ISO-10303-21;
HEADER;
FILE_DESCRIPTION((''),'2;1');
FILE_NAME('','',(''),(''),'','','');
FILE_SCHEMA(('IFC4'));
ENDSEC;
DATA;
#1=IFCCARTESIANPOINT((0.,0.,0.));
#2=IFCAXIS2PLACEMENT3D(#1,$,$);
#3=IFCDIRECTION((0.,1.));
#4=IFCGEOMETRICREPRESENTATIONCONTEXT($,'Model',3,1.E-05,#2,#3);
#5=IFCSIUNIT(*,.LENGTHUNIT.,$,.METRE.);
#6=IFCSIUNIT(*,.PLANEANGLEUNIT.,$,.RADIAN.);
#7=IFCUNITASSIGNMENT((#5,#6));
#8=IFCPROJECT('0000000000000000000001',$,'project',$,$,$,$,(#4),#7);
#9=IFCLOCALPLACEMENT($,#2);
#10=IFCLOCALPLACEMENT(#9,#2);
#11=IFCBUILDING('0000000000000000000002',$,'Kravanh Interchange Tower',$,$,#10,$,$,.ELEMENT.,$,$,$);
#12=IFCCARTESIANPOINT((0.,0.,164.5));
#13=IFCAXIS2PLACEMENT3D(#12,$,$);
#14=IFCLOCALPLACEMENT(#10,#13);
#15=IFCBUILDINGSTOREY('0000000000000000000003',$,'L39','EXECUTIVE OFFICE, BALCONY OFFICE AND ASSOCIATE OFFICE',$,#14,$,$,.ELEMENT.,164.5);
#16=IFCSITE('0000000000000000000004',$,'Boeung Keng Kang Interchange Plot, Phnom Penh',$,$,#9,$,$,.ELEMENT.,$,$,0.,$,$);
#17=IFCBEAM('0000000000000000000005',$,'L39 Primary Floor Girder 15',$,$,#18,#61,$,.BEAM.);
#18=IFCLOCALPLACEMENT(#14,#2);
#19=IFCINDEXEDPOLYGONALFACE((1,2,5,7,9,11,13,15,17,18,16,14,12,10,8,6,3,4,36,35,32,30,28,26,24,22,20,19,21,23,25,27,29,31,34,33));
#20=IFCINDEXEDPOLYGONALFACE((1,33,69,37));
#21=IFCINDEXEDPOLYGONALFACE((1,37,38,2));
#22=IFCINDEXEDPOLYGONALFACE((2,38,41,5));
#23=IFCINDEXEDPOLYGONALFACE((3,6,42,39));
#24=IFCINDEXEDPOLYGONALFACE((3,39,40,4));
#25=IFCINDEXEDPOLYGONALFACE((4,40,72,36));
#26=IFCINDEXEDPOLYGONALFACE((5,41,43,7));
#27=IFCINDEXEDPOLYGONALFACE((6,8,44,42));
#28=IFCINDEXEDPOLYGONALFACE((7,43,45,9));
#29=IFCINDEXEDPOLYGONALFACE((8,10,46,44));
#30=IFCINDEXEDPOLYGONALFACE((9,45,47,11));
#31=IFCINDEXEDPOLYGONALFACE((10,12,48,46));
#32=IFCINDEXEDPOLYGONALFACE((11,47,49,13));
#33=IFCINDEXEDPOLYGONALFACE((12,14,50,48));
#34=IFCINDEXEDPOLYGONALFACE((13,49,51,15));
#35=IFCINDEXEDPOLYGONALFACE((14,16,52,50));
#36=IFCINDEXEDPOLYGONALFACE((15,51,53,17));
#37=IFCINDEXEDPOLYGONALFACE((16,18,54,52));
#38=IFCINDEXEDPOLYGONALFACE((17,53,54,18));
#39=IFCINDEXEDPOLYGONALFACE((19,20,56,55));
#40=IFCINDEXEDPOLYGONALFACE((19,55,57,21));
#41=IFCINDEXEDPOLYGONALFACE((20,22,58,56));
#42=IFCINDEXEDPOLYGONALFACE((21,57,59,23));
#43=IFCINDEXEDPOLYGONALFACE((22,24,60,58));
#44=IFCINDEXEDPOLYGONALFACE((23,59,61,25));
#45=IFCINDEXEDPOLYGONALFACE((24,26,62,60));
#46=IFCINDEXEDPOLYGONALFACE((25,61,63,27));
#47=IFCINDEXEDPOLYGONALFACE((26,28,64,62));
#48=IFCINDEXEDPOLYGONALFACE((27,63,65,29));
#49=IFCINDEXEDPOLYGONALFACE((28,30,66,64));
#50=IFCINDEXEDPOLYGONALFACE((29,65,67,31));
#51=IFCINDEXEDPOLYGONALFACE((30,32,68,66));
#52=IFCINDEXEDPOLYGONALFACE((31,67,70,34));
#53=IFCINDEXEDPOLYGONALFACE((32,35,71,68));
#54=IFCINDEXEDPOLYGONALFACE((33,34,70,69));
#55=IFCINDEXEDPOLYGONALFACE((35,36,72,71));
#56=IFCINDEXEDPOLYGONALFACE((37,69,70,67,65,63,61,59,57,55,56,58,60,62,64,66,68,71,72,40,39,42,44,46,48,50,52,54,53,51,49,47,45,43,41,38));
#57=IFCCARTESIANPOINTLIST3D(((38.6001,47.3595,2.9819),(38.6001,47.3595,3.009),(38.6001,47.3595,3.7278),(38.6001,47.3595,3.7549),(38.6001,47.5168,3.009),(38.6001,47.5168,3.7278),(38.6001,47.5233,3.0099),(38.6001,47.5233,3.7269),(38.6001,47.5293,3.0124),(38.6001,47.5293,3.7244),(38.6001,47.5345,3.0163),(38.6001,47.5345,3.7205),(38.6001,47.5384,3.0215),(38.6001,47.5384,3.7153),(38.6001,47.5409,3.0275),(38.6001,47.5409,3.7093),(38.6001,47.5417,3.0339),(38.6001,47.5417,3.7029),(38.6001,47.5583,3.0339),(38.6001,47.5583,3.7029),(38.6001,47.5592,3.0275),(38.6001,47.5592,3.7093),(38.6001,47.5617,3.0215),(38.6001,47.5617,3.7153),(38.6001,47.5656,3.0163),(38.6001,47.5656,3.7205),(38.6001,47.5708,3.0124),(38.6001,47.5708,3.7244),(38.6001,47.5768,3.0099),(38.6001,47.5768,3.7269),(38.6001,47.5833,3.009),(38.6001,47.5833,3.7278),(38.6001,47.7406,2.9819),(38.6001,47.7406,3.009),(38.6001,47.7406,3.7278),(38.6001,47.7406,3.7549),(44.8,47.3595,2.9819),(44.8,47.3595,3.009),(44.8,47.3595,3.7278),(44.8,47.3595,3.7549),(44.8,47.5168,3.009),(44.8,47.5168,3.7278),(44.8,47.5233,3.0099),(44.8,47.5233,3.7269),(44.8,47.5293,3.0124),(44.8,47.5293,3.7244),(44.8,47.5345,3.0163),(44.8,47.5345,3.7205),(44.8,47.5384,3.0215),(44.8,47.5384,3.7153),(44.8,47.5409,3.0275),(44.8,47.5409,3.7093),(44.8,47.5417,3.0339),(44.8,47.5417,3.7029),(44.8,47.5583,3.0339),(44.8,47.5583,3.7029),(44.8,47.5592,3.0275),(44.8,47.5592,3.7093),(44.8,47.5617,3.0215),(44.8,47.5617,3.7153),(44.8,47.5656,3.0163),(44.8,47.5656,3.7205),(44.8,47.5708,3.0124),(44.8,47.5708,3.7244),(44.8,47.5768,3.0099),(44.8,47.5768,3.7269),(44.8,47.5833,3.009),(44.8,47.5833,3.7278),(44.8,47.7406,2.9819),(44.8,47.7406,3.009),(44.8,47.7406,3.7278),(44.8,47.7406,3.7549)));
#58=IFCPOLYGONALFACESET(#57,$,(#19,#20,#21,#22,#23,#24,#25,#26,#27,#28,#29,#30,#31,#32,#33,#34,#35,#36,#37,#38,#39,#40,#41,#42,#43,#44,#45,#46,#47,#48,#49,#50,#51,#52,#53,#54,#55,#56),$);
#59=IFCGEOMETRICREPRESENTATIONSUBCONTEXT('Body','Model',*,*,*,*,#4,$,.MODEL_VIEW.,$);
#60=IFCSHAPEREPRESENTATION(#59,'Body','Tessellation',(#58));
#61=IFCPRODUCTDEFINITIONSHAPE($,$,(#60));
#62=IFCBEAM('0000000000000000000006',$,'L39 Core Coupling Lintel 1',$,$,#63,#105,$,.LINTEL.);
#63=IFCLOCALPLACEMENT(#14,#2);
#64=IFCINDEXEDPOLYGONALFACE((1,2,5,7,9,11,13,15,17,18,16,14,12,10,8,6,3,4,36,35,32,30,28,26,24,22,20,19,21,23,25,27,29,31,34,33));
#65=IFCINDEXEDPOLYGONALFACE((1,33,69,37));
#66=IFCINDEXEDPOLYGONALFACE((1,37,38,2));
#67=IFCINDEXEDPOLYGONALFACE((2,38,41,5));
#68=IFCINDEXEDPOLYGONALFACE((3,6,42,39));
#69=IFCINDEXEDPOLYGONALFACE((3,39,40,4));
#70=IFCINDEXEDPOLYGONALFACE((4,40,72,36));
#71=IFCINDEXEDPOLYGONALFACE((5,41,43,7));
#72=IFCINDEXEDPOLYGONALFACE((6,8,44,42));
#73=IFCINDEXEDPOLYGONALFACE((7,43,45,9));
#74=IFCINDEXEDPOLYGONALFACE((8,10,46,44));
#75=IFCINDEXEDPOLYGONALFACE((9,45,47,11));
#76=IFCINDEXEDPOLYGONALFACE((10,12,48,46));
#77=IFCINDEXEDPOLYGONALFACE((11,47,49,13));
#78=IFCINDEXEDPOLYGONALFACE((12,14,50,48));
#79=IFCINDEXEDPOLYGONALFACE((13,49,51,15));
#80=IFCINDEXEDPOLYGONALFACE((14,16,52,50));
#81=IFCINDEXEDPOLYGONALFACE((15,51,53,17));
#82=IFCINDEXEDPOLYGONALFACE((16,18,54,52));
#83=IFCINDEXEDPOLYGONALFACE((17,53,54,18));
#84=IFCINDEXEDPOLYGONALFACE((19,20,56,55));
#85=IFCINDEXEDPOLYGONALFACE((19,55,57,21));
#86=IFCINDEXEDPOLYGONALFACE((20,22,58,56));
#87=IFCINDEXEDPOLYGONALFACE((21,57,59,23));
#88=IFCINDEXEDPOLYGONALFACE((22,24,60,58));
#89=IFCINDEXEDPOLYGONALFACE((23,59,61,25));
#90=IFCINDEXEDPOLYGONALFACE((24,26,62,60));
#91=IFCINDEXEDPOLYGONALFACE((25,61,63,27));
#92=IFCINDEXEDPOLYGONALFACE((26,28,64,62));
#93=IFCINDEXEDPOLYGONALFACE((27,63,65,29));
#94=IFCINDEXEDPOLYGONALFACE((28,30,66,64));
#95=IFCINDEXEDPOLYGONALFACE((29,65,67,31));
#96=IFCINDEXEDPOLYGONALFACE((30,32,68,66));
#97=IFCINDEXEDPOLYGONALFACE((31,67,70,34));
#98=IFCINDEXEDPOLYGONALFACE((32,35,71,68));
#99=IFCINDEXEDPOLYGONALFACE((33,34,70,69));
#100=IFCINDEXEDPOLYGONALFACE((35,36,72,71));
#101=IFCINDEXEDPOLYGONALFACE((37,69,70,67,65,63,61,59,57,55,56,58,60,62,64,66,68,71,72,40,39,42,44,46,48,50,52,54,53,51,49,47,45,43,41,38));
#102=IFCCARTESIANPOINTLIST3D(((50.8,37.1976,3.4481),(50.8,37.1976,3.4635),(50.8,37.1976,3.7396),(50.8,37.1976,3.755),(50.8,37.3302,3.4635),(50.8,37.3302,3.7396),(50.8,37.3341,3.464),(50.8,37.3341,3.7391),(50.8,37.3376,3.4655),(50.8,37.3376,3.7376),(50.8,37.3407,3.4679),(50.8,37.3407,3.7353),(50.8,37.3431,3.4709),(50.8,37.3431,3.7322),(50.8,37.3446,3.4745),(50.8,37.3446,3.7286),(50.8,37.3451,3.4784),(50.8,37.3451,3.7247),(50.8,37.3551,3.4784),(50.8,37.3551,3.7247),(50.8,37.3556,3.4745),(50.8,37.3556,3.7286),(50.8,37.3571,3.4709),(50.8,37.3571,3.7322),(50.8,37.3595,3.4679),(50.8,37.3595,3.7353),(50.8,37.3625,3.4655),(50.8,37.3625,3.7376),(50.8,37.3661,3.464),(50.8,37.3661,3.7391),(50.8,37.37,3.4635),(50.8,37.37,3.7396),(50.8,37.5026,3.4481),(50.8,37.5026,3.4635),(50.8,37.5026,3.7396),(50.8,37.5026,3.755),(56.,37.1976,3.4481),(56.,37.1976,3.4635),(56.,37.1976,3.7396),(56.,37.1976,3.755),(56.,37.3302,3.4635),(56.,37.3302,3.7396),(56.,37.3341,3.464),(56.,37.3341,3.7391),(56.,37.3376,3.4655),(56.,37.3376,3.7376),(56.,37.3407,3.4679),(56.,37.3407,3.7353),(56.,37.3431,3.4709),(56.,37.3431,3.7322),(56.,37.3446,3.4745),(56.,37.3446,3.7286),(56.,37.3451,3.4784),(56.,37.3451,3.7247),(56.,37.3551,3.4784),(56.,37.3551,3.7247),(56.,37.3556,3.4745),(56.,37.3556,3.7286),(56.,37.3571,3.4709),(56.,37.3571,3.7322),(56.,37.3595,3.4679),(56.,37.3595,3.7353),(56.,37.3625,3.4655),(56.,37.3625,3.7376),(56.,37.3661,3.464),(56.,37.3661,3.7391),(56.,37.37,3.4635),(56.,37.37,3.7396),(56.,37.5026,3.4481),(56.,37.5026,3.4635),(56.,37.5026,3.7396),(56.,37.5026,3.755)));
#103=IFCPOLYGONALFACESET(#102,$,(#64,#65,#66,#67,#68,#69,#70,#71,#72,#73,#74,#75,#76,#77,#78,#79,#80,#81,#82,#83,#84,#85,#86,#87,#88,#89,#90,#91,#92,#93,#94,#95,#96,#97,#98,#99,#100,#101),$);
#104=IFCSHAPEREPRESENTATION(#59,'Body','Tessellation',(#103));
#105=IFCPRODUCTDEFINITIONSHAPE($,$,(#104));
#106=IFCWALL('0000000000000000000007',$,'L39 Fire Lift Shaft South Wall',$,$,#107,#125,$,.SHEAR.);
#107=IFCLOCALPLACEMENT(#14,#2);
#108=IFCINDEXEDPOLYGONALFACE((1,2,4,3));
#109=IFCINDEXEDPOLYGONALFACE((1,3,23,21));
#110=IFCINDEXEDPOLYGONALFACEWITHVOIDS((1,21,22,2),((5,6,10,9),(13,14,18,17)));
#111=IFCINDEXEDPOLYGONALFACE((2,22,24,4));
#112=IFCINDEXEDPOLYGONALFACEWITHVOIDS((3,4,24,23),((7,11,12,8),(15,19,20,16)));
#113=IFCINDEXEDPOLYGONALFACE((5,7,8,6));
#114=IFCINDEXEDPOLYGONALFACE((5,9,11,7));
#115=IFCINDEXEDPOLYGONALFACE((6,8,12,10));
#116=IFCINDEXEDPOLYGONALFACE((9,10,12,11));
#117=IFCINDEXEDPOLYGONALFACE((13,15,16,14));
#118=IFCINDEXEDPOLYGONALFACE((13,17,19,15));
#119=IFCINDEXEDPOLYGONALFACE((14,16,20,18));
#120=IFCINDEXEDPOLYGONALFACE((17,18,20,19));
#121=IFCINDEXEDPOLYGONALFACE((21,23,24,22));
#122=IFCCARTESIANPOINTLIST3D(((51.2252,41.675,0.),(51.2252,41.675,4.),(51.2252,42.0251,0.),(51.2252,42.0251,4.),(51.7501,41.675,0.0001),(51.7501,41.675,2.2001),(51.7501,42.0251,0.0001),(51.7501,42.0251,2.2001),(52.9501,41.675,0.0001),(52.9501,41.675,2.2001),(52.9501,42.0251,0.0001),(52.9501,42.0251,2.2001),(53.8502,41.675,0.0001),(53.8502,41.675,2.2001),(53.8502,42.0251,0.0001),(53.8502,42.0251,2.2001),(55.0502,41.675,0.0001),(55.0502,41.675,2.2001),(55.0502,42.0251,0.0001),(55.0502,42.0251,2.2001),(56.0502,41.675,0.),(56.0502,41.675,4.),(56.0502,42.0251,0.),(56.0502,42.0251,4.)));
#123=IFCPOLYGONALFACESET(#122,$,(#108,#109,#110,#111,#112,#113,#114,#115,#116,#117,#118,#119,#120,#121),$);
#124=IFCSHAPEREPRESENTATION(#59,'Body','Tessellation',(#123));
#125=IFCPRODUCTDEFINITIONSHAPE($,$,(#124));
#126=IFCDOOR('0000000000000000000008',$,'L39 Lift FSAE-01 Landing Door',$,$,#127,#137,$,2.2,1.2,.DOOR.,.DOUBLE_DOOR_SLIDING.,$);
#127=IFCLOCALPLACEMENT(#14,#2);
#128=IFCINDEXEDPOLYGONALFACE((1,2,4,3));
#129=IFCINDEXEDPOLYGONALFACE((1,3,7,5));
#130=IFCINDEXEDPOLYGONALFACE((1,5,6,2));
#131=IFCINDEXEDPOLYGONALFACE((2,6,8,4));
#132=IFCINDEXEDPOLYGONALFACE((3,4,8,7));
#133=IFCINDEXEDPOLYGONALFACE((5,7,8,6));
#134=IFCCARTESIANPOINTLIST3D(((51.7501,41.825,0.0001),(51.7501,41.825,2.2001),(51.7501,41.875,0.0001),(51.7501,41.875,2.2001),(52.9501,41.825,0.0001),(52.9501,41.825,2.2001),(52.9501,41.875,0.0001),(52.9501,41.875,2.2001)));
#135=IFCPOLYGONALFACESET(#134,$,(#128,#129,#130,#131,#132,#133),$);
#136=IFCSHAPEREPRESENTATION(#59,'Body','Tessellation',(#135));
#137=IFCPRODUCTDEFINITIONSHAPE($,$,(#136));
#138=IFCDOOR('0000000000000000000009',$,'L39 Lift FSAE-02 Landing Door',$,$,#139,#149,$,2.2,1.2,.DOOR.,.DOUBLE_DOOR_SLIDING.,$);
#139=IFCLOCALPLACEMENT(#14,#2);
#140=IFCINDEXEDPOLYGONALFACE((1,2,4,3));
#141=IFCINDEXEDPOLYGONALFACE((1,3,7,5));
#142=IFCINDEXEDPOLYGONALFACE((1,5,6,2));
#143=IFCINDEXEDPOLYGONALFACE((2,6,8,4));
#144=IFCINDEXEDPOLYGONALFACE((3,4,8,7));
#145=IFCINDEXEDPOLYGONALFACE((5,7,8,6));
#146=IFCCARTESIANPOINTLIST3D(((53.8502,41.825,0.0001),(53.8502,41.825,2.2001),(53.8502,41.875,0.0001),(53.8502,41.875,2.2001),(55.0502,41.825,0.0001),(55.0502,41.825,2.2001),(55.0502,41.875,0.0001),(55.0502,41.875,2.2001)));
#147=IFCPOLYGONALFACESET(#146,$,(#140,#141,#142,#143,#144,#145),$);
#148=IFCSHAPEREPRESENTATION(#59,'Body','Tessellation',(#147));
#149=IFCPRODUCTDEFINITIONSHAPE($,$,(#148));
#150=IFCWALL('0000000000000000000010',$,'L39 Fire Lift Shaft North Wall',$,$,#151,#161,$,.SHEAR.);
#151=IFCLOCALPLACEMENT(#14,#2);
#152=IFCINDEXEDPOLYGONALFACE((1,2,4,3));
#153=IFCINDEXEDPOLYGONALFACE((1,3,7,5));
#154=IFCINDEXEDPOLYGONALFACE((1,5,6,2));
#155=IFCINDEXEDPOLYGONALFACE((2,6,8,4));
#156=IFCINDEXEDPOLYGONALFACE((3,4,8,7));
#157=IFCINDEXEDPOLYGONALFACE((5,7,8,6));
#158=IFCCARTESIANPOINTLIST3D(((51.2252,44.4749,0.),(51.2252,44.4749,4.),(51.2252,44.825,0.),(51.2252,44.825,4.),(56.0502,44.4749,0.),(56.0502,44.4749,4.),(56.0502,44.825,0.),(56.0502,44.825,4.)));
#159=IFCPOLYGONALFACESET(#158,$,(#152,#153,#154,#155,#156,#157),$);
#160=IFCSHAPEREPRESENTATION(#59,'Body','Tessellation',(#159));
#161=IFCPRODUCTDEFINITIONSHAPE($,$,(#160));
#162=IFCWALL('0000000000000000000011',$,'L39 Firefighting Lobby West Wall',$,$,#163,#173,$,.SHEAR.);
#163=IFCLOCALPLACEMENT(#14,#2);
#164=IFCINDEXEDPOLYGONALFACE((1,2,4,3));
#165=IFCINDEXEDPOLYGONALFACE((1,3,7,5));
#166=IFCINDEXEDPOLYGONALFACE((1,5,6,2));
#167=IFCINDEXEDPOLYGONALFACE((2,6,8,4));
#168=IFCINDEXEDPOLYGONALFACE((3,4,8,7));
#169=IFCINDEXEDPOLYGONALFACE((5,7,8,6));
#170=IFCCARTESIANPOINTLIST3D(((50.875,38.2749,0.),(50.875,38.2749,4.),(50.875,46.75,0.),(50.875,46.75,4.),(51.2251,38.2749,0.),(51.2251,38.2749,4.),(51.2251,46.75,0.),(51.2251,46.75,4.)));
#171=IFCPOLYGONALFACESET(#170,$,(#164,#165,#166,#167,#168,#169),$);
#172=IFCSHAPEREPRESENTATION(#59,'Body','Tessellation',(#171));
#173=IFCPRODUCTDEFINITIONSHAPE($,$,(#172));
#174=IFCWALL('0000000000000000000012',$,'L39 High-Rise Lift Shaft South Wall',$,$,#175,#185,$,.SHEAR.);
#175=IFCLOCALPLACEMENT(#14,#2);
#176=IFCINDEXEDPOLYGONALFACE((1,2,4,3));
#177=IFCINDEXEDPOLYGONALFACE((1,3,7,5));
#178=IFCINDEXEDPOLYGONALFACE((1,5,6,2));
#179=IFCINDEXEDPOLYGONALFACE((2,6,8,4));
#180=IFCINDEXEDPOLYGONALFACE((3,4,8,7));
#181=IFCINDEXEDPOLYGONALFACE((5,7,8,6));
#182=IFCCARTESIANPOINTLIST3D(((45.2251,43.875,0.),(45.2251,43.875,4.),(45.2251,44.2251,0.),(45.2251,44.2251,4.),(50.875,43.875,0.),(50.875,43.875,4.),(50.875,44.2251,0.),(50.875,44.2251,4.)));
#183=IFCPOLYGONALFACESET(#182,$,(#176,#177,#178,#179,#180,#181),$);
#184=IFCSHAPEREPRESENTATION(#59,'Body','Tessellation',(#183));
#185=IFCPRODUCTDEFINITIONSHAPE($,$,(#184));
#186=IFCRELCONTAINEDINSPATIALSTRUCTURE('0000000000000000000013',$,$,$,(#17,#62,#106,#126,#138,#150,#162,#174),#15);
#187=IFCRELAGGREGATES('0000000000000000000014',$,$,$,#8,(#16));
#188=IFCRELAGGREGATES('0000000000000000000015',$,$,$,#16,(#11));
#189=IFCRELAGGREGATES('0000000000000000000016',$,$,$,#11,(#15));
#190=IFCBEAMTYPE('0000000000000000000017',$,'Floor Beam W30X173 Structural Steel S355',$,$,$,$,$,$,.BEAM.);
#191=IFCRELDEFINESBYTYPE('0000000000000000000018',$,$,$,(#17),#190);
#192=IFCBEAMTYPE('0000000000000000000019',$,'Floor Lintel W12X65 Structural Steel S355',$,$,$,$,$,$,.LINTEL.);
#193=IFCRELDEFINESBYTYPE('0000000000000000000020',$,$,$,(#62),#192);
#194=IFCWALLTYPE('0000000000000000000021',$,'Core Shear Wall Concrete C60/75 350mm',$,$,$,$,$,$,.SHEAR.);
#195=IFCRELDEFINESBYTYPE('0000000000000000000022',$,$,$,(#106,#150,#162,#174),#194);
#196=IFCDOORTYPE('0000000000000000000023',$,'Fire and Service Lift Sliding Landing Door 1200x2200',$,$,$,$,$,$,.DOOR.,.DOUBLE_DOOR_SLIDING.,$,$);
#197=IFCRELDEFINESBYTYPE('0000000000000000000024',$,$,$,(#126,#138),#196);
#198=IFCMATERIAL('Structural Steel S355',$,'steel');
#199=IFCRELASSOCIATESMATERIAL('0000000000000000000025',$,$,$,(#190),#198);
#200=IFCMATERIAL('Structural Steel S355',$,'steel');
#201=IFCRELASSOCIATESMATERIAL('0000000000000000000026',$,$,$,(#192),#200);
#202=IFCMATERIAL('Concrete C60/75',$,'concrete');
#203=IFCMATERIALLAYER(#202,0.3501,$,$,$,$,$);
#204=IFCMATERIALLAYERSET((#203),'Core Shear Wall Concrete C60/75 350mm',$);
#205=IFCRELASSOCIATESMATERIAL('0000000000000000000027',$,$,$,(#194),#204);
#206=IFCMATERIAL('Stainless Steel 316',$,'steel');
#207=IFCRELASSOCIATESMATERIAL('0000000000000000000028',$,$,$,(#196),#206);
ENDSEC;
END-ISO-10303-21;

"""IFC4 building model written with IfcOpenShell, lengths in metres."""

from ifc_helpers import new_model, si_unit, direction, frame, frame_2d, origin, origin_2d, place, context, subcontext, project, spatial, rectangle, i_section, extrude, material, layer, layer_set, material_profile, profile_set, type_object, element, fill, save


model = new_model("IFC4")

# Units and contexts
model_context = context("Model", 3, precision=1e-05, world=origin(), true_north=direction((0.0, 1.0)))
body_context = subcontext(model_context, "Body", "Model", "MODEL_VIEW")
ifc_project = project(units=[si_unit("LENGTHUNIT", "METRE"), si_unit("PLANEANGLEUNIT", "RADIAN")], contexts=[model_context])

# Site, building, storey
site_placement = place(None, origin())
site = spatial("IfcSite", under=ifc_project, at=site_placement, Name="Boeung Keng Kang Interchange Plot, Phnom Penh", CompositionType="ELEMENT", RefElevation=0.0)
building_placement = place(site_placement, origin())
building = spatial("IfcBuilding", under=site, at=building_placement, Name="Kravanh Interchange Tower", CompositionType="ELEMENT")
storey_placement = place(building_placement, frame((0.0, 0.0, 164.5)))
storey = spatial("IfcBuildingStorey", under=building, at=storey_placement, Name="L39", Description="EXECUTIVE OFFICE, BALCONY OFFICE AND ASSOCIATE OFFICE", CompositionType="ELEMENT", Elevation=164.5)

# Beams
ifc_material_1 = material(Name="Structural Steel S355", Category="steel")
ifc_material_profile_1 = material_profile(ifc_material_1, i_section(OverallWidth=0.3811, OverallDepth=0.7729, WebThickness=0.0166, FlangeThickness=0.0271, FilletRadius=0.0249, at=origin_2d()), Name="W30X173")
ifc_profile_set_1 = profile_set([ifc_material_profile_1], Name="Structural Steel S355")
beam_type_1 = type_object("IfcBeamType", Name="Floor Beam W30X173 Structural Steel S355", PredefinedType="BEAM", material=ifc_profile_set_1)
beam_1_placement = place(storey_placement, frame((44.8, 47.55, 3.3684), z_axis=(-1.0, 0.0, 0.0), x_axis=(0.0, -1.0, 0.0)))
element("IfcBeam", 1, at=beam_1_placement, inside=storey, type_object=beam_type_1, Name="L39 Primary Floor Girder 15", PredefinedType="BEAM", context=body_context, shape_type="SweptSolid", body=[
    extrude(i_section(OverallWidth=0.3811, OverallDepth=0.7729, WebThickness=0.0166, FlangeThickness=0.0271, FilletRadius=0.0249, at=origin_2d()), origin(), (0.0, 0.0, 1.0), 6.2),
])
ifc_material_2 = material(Name="Structural Steel S355", Category="steel")
ifc_material_profile_2 = material_profile(ifc_material_2, i_section(OverallWidth=0.3049, OverallDepth=0.3069, WebThickness=0.01, FlangeThickness=0.0154, FilletRadius=0.0149, at=origin_2d()), Name="W12X65")
ifc_profile_set_2 = profile_set([ifc_material_profile_2], Name="Structural Steel S355")
beam_type_2 = type_object("IfcBeamType", Name="Floor Lintel W12X65 Structural Steel S355", PredefinedType="LINTEL", material=ifc_profile_set_2)
beam_2_placement = place(storey_placement, frame((50.8, 37.3501, 3.6016), z_axis=(1.0, 0.0, 0.0), x_axis=(0.0, 1.0, 0.0)))
element("IfcBeam", 2, at=beam_2_placement, inside=storey, type_object=beam_type_2, Name="L39 Core Coupling Lintel 1", PredefinedType="LINTEL", context=body_context, shape_type="SweptSolid", body=[
    extrude(i_section(OverallWidth=0.3049, OverallDepth=0.3069, WebThickness=0.01, FlangeThickness=0.0154, FilletRadius=0.0149, at=origin_2d()), origin(), (0.0, 0.0, 1.0), 5.2),
])

# Wall, openings, doors
ifc_material_3 = material(Name="Concrete C60/75", Category="concrete")
ifc_layer_1 = layer(ifc_material_3, 0.3501)
ifc_layer_set_1 = layer_set([ifc_layer_1], Name="Core Shear Wall Concrete C60/75 350mm")
wall_type_1 = type_object("IfcWallType", Name="Core Shear Wall Concrete C60/75 350mm", PredefinedType="SHEAR", material=ifc_layer_set_1)
wall_1_placement = place(storey_placement, frame((51.2251, 41.8501, 0.0), z_axis=(0.0, 0.0, 1.0), x_axis=(1.0, 0.0, 0.0)))
wall_1 = element("IfcWall", 3, at=wall_1_placement, inside=storey, type_object=wall_type_1, Name="L39 Fire Lift Shaft South Wall", PredefinedType="SHEAR", context=body_context, shape_type="SweptSolid", body=[
    extrude(rectangle(XDim=4.825, YDim=0.3501, at=frame_2d((2.4126, 0.0))), origin(), (0.0, 0.0, 1.0), 4.0),
])
opening_1_placement = place(wall_1_placement, frame((0.5249, 0.0, 0.0)))
opening_1 = element("IfcOpeningElement", 4, at=opening_1_placement, cuts=wall_1, PredefinedType="OPENING", context=body_context, shape_type="SweptSolid", body=[
    extrude(rectangle(XDim=1.2, YDim=2.2, at=frame_2d((0.6001, 1.1001))), frame((0.0, 0.1851, 0.0), z_axis=(0.0, -1.0, 0.0), x_axis=(1.0, 0.0, 0.0)), (0.0, 0.0, 1.0), 0.3701),
])
opening_2_placement = place(wall_1_placement, frame((2.625, 0.0, 0.0)))
opening_2 = element("IfcOpeningElement", 5, at=opening_2_placement, cuts=wall_1, PredefinedType="OPENING", context=body_context, shape_type="SweptSolid", body=[
    extrude(rectangle(XDim=1.2, YDim=2.2, at=frame_2d((0.6001, 1.1001))), frame((0.0, 0.1851, 0.0), z_axis=(0.0, -1.0, 0.0), x_axis=(1.0, 0.0, 0.0)), (0.0, 0.0, 1.0), 0.3701),
])
ifc_material_4 = material(Name="Stainless Steel 316", Category="steel")
door_type_1 = type_object("IfcDoorType", Name="Fire and Service Lift Sliding Landing Door 1200x2200", OperationType="DOUBLE_DOOR_SLIDING", PredefinedType="DOOR", material=ifc_material_4)
door_1_placement = place(opening_1_placement, origin())
door_1 = element("IfcDoor", 6, at=door_1_placement, inside=storey, type_object=door_type_1, Name="L39 Lift FSAE-01 Landing Door", OperationType="DOUBLE_DOOR_SLIDING", OverallHeight=2.2, OverallWidth=1.2, PredefinedType="DOOR", context=body_context, shape_type="SweptSolid", body=[
    extrude(rectangle(XDim=1.2, YDim=2.2, at=frame_2d((0.6001, 1.1001))), frame((0.0, 0.0249, 0.0), z_axis=(0.0, -1.0, 0.0), x_axis=(1.0, 0.0, 0.0)), (0.0, 0.0, 1.0), 0.05),
])
fill(opening_1, door_1)
door_2_placement = place(opening_2_placement, origin())
door_2 = element("IfcDoor", 7, at=door_2_placement, inside=storey, type_object=door_type_1, Name="L39 Lift FSAE-02 Landing Door", OperationType="DOUBLE_DOOR_SLIDING", OverallHeight=2.2, OverallWidth=1.2, PredefinedType="DOOR", context=body_context, shape_type="SweptSolid", body=[
    extrude(rectangle(XDim=1.2, YDim=2.2, at=frame_2d((0.6001, 1.1001))), frame((0.0, 0.0249, 0.0), z_axis=(0.0, -1.0, 0.0), x_axis=(1.0, 0.0, 0.0)), (0.0, 0.0, 1.0), 0.05),
])
fill(opening_2, door_2)

# Walls
wall_2_placement = place(storey_placement, frame((51.2251, 44.6499, 0.0), z_axis=(0.0, 0.0, 1.0), x_axis=(1.0, 0.0, 0.0)))
element("IfcWall", 8, at=wall_2_placement, inside=storey, type_object=wall_type_1, Name="L39 Fire Lift Shaft North Wall", PredefinedType="SHEAR", context=body_context, shape_type="SweptSolid", body=[
    extrude(rectangle(XDim=4.825, YDim=0.3501, at=frame_2d((2.4126, 0.0))), origin(), (0.0, 0.0, 1.0), 4.0),
])
wall_3_placement = place(storey_placement, frame((51.05, 38.2749, 0.0), z_axis=(0.0, 0.0, 1.0), x_axis=(0.0, 1.0, 0.0)))
element("IfcWall", 9, at=wall_3_placement, inside=storey, type_object=wall_type_1, Name="L39 Firefighting Lobby West Wall", PredefinedType="SHEAR", context=body_context, shape_type="SweptSolid", body=[
    extrude(rectangle(XDim=8.4751, YDim=0.3501, at=frame_2d((4.2375, 0.0))), origin(), (0.0, 0.0, 1.0), 4.0),
])
wall_4_placement = place(storey_placement, frame((45.2251, 44.05, 0.0), z_axis=(0.0, 0.0, 1.0), x_axis=(1.0, 0.0, 0.0)))
element("IfcWall", 10, at=wall_4_placement, inside=storey, type_object=wall_type_1, Name="L39 High-Rise Lift Shaft South Wall", PredefinedType="SHEAR", context=body_context, shape_type="SweptSolid", body=[
    extrude(rectangle(XDim=5.6499, YDim=0.3501, at=frame_2d((2.825, 0.0))), origin(), (0.0, 0.0, 1.0), 4.0),
])

save(model, "model.ifc")
